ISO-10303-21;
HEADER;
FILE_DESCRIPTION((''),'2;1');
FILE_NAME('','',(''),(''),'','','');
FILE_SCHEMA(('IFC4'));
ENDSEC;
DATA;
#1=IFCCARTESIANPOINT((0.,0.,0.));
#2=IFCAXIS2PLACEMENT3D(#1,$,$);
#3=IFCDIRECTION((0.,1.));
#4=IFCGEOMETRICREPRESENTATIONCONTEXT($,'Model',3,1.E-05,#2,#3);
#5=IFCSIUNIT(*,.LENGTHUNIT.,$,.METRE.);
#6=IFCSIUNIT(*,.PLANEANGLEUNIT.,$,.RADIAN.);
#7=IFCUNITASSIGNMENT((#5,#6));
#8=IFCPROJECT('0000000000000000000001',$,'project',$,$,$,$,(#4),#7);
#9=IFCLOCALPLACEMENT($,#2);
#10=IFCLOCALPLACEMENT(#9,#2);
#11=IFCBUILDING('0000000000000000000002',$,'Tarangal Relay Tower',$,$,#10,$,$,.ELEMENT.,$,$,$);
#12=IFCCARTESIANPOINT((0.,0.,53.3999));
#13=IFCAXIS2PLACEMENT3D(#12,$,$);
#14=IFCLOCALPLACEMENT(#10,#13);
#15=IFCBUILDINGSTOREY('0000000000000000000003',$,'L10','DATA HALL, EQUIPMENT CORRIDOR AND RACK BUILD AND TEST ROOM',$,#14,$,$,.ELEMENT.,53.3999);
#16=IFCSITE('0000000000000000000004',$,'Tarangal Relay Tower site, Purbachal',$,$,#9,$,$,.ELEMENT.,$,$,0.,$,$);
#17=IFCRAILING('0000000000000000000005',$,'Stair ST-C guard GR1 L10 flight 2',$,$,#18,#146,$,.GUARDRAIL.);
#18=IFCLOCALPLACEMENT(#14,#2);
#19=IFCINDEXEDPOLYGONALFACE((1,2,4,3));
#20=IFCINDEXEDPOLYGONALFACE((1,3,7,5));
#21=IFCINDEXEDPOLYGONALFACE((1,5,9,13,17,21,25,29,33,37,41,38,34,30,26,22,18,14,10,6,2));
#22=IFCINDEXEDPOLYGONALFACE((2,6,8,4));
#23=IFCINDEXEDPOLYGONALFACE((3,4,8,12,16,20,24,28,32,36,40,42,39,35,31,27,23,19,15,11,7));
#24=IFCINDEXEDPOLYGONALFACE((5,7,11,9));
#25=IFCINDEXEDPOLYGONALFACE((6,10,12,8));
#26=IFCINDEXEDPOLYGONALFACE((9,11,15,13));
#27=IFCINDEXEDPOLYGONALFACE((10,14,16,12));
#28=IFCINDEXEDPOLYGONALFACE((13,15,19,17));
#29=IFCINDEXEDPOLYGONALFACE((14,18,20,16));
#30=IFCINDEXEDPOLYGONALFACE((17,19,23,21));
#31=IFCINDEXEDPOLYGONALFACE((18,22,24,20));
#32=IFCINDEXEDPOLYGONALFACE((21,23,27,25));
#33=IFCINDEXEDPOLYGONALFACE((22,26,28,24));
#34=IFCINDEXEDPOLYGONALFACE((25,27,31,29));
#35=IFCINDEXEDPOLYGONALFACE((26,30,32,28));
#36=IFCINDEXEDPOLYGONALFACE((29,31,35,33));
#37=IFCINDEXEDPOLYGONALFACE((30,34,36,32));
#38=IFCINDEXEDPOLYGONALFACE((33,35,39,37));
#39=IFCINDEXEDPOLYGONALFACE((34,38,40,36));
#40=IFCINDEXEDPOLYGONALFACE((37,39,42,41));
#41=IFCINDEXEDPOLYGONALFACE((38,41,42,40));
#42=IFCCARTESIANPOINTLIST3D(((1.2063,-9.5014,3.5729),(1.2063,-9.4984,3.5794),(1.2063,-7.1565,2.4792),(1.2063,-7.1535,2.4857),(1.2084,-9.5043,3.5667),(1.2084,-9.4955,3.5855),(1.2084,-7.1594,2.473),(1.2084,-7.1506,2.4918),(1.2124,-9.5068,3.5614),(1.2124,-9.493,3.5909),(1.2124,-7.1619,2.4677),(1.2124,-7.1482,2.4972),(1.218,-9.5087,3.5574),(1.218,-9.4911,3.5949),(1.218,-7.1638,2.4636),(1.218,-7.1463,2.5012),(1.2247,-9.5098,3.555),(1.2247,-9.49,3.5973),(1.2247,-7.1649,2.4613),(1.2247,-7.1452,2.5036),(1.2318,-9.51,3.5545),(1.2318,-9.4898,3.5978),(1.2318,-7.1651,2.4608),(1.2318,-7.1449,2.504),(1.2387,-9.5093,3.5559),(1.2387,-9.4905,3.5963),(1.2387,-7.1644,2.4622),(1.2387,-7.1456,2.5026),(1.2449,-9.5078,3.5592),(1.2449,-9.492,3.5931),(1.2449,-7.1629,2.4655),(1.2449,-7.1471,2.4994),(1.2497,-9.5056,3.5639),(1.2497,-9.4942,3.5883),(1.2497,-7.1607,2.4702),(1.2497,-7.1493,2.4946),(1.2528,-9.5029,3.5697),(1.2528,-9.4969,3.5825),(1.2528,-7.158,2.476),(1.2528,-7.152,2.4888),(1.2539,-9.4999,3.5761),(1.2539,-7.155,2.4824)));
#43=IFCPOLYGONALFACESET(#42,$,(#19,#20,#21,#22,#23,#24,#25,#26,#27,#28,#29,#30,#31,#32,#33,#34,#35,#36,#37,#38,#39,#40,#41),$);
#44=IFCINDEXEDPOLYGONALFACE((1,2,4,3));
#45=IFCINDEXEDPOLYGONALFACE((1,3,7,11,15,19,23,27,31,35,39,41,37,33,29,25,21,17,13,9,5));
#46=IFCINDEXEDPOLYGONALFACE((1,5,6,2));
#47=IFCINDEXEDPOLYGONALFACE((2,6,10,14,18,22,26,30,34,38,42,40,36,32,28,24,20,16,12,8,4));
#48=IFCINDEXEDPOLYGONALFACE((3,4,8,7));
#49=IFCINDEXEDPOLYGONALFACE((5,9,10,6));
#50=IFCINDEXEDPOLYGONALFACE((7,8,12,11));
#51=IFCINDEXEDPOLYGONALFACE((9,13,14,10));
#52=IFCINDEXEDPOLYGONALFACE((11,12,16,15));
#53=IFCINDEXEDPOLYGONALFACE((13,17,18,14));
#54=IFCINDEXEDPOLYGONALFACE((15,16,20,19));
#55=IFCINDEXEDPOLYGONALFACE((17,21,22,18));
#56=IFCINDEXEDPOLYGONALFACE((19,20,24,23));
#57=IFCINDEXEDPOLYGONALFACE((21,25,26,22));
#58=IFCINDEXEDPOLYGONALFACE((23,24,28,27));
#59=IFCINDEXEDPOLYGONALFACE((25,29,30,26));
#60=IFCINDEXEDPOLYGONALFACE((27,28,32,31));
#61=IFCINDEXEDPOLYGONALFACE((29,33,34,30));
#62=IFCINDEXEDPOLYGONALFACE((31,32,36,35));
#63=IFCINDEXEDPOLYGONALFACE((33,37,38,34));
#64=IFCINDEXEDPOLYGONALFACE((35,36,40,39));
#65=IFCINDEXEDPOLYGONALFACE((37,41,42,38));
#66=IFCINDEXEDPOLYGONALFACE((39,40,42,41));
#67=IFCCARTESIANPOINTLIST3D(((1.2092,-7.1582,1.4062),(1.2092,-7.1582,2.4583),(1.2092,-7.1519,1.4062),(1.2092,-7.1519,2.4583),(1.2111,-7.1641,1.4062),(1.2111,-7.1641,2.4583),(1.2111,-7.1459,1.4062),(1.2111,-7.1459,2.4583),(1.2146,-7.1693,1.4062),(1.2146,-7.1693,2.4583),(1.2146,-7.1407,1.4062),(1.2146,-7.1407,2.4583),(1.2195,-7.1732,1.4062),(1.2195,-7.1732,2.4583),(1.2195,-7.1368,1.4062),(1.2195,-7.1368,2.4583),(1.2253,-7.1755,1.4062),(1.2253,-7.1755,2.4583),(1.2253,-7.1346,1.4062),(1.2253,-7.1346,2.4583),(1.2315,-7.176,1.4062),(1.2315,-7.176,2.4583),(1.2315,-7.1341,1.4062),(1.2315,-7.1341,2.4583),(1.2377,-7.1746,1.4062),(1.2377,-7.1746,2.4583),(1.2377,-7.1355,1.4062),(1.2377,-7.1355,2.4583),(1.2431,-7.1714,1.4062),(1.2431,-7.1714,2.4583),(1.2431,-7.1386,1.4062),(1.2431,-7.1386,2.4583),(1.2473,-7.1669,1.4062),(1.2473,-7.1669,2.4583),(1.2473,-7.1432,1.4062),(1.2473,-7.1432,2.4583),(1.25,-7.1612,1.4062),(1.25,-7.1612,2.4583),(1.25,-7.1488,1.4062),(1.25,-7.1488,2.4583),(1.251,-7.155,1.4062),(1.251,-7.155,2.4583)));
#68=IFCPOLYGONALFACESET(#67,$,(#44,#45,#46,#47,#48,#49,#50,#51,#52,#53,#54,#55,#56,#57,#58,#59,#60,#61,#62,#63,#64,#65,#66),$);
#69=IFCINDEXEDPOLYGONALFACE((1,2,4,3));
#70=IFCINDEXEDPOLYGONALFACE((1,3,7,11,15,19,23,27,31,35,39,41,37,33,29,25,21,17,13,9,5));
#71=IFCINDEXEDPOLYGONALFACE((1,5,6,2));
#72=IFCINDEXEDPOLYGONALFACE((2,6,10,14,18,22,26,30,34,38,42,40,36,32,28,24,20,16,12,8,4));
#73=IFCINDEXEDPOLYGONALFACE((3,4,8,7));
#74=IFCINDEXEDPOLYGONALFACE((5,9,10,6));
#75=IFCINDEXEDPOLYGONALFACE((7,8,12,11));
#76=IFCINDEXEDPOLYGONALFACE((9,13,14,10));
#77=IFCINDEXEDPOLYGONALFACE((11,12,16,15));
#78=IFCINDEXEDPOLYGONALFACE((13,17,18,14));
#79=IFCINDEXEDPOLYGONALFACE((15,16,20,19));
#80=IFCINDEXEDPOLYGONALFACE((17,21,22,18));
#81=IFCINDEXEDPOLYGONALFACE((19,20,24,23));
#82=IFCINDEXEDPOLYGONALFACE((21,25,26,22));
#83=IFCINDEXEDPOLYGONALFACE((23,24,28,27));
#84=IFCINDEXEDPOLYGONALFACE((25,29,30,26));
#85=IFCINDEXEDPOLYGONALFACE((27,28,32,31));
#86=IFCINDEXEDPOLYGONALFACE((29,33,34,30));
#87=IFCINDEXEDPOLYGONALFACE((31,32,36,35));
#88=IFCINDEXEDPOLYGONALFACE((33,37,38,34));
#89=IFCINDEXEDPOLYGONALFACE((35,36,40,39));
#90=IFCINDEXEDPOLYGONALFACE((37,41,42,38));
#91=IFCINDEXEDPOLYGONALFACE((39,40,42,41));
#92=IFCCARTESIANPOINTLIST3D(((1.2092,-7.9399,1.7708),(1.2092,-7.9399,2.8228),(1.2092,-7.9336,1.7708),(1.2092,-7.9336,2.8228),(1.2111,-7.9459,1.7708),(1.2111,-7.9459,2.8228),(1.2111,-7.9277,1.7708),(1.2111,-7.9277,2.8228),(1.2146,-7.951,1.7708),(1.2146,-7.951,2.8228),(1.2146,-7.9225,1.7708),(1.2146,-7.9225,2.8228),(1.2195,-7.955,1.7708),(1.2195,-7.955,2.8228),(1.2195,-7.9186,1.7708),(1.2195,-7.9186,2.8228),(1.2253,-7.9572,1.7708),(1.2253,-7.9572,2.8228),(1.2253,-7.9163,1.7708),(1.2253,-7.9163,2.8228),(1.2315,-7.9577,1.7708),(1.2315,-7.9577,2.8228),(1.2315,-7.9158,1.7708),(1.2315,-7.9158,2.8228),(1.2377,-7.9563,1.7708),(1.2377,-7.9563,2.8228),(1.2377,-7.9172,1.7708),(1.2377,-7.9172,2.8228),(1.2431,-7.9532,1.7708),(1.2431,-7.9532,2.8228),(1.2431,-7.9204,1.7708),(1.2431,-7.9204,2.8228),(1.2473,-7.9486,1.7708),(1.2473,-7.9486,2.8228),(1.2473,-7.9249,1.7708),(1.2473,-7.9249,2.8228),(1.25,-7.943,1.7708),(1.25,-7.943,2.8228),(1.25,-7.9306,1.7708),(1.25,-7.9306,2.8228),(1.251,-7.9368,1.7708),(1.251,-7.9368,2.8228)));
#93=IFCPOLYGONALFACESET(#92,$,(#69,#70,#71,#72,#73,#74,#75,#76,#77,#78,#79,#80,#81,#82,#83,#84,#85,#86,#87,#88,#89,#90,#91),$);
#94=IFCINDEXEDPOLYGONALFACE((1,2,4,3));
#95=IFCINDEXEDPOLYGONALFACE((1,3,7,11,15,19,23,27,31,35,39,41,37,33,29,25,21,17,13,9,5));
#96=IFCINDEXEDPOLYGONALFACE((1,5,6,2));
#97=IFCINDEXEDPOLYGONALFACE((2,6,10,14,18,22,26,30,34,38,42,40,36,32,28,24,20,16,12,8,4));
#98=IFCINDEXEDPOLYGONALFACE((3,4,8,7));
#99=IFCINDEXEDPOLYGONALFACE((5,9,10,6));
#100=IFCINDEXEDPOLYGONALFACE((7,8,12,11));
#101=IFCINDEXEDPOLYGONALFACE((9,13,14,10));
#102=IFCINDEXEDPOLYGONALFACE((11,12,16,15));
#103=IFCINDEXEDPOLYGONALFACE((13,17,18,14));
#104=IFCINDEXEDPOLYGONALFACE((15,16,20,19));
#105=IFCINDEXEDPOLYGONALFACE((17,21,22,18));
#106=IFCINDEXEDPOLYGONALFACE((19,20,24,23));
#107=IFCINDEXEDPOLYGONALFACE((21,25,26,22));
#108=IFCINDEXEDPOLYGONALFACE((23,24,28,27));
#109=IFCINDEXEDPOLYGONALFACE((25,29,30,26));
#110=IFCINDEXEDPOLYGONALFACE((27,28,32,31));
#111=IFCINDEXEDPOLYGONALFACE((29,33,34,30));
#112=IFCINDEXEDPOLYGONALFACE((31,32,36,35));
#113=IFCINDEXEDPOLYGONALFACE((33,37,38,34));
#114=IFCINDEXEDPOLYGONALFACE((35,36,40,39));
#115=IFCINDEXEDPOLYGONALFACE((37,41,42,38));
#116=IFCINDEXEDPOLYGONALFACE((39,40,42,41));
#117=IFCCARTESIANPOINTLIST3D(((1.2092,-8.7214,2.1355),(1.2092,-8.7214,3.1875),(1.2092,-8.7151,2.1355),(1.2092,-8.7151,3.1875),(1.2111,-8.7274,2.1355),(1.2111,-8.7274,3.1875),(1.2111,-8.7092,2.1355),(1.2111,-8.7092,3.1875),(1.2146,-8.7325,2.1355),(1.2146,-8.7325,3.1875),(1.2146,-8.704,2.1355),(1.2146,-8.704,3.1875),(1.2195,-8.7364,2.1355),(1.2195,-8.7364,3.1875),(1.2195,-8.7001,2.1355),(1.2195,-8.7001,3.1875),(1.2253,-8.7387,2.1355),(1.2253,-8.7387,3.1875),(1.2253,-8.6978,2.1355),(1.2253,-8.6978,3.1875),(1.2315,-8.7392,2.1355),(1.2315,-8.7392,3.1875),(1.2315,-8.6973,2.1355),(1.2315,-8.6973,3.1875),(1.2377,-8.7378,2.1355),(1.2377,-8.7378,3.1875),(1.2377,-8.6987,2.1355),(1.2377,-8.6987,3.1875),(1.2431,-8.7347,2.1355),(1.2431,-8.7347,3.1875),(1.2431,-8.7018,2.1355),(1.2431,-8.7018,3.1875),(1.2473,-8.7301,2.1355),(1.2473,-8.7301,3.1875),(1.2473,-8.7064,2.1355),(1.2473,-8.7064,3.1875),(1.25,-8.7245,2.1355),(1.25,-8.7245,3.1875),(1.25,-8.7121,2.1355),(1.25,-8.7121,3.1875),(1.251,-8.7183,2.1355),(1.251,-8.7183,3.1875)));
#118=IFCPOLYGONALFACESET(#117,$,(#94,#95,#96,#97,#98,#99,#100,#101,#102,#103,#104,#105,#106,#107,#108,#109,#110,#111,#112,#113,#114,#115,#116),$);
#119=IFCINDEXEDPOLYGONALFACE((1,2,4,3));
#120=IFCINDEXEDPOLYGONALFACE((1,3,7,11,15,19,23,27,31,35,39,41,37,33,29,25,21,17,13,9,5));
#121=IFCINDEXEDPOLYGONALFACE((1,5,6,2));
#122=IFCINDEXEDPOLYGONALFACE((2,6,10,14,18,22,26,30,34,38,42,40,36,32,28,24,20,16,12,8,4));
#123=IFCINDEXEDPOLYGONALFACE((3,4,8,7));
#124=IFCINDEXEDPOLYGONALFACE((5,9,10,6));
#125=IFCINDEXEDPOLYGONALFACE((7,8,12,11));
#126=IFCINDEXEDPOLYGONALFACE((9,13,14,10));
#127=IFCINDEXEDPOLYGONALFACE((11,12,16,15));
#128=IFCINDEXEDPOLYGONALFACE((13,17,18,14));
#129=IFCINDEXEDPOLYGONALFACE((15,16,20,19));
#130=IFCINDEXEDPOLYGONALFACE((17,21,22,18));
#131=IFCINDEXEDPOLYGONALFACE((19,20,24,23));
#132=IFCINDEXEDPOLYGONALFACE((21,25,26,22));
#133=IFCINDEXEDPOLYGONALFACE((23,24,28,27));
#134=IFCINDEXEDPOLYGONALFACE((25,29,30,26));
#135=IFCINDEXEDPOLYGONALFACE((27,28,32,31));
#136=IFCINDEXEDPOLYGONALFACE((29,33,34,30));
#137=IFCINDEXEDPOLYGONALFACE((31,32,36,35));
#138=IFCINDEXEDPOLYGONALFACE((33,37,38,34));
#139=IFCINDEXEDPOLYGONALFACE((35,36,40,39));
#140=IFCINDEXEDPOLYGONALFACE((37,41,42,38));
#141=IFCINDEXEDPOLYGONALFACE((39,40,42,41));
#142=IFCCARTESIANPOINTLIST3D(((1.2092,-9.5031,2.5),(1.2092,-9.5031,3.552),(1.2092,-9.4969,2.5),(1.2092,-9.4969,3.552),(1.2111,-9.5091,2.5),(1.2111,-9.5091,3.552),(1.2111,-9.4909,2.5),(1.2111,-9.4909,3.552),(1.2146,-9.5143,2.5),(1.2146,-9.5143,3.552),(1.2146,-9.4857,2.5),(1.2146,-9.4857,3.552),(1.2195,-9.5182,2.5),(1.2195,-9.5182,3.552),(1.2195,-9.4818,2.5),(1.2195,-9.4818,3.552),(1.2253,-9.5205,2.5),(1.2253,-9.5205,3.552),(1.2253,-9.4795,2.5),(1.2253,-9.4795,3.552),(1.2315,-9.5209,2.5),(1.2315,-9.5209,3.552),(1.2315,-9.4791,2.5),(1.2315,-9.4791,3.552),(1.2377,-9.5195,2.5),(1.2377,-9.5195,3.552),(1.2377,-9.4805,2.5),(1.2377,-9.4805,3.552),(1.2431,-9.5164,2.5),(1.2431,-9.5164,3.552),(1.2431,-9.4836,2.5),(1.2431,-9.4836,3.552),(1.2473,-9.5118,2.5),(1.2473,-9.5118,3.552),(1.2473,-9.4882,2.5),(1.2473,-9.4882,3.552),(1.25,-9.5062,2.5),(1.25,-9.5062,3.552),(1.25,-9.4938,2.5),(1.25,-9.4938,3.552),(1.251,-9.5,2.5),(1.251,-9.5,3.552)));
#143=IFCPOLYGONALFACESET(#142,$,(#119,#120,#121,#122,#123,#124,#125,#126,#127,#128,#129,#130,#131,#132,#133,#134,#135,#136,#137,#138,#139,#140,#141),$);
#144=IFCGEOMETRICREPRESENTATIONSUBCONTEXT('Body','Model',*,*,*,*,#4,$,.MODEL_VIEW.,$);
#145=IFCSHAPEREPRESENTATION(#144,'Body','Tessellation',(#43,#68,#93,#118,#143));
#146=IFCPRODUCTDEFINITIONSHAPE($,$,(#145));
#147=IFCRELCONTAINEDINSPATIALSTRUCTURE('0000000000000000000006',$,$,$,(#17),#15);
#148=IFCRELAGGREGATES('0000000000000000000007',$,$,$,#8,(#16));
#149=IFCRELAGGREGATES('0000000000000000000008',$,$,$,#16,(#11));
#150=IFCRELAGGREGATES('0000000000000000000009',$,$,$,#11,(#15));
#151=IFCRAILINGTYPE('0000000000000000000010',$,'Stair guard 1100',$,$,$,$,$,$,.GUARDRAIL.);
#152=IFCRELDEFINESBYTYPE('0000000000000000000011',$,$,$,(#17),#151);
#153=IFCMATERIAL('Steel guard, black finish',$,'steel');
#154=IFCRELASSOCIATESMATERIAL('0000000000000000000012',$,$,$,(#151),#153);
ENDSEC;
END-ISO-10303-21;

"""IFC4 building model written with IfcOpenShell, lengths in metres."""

from ifc_helpers import new_model, si_unit, direction, frame, origin, origin_2d, place, context, subcontext, project, spatial, circle, extrude, material, type_object, element, save


model = new_model("IFC4")

# Units and contexts
model_context = context("Model", 3, precision=1e-05, world=origin(), true_north=direction((0.0, 1.0)))
body_context = subcontext(model_context, "Body", "Model", "MODEL_VIEW")
ifc_project = project(units=[si_unit("LENGTHUNIT", "METRE"), si_unit("PLANEANGLEUNIT", "RADIAN")], contexts=[model_context])

# Site, building, storey
site_placement = place(None, origin())
site = spatial("IfcSite", under=ifc_project, at=site_placement, Name="Tarangal Relay Tower site, Purbachal", CompositionType="ELEMENT", RefElevation=0.0)
building_placement = place(site_placement, origin())
building = spatial("IfcBuilding", under=site, at=building_placement, Name="Tarangal Relay Tower", CompositionType="ELEMENT")
storey_placement = place(building_placement, frame((0.0, 0.0, 53.3999)))
storey = spatial("IfcBuildingStorey", under=building, at=storey_placement, Name="L10", Description="DATA HALL, EQUIPMENT CORRIDOR AND RACK BUILD AND TEST ROOM", CompositionType="ELEMENT", Elevation=53.3999)

# Railing
ifc_material_1 = material(Name="Steel guard, black finish", Category="steel")
railing_type_1 = type_object("IfcRailingType", Name="Stair guard 1100", PredefinedType="GUARDRAIL", material=ifc_material_1)
for number, where, name in (
    (1, (1.23, -7.155, 1.4062), "Stair ST-C guard GR1 L10 flight 2"),
):
    element("IfcRailing", number, at=place(storey_placement, frame(where)), inside=storey, type_object=railing_type_1, Name=name, PredefinedType="GUARDRAIL", context=body_context, shape_type="SweptSolid", body=[
        extrude(circle(Radius=0.0239, at=origin_2d()), frame((0.0, 0.0, 1.0762), z_axis=(0.0, -0.906267, 0.422705), x_axis=(1.0, 0.0, 0.0)), (0.0, 0.0, 1.0), 2.5874),
        extrude(circle(Radius=0.021, at=origin_2d()), origin(), (0.0, 0.0, 1.0), 1.052),
        extrude(circle(Radius=0.021, at=origin_2d()), frame((0.0, -0.7817, 0.3645)), (0.0, 0.0, 1.0), 1.052),
        extrude(circle(Radius=0.021, at=origin_2d()), frame((0.0, -1.5632, 0.7292)), (0.0, 0.0, 1.0), 1.052),
        extrude(circle(Radius=0.021, at=origin_2d()), frame((0.0, -2.345, 1.0938)), (0.0, 0.0, 1.0), 1.052),
    ])

save(model, "model.ifc")
